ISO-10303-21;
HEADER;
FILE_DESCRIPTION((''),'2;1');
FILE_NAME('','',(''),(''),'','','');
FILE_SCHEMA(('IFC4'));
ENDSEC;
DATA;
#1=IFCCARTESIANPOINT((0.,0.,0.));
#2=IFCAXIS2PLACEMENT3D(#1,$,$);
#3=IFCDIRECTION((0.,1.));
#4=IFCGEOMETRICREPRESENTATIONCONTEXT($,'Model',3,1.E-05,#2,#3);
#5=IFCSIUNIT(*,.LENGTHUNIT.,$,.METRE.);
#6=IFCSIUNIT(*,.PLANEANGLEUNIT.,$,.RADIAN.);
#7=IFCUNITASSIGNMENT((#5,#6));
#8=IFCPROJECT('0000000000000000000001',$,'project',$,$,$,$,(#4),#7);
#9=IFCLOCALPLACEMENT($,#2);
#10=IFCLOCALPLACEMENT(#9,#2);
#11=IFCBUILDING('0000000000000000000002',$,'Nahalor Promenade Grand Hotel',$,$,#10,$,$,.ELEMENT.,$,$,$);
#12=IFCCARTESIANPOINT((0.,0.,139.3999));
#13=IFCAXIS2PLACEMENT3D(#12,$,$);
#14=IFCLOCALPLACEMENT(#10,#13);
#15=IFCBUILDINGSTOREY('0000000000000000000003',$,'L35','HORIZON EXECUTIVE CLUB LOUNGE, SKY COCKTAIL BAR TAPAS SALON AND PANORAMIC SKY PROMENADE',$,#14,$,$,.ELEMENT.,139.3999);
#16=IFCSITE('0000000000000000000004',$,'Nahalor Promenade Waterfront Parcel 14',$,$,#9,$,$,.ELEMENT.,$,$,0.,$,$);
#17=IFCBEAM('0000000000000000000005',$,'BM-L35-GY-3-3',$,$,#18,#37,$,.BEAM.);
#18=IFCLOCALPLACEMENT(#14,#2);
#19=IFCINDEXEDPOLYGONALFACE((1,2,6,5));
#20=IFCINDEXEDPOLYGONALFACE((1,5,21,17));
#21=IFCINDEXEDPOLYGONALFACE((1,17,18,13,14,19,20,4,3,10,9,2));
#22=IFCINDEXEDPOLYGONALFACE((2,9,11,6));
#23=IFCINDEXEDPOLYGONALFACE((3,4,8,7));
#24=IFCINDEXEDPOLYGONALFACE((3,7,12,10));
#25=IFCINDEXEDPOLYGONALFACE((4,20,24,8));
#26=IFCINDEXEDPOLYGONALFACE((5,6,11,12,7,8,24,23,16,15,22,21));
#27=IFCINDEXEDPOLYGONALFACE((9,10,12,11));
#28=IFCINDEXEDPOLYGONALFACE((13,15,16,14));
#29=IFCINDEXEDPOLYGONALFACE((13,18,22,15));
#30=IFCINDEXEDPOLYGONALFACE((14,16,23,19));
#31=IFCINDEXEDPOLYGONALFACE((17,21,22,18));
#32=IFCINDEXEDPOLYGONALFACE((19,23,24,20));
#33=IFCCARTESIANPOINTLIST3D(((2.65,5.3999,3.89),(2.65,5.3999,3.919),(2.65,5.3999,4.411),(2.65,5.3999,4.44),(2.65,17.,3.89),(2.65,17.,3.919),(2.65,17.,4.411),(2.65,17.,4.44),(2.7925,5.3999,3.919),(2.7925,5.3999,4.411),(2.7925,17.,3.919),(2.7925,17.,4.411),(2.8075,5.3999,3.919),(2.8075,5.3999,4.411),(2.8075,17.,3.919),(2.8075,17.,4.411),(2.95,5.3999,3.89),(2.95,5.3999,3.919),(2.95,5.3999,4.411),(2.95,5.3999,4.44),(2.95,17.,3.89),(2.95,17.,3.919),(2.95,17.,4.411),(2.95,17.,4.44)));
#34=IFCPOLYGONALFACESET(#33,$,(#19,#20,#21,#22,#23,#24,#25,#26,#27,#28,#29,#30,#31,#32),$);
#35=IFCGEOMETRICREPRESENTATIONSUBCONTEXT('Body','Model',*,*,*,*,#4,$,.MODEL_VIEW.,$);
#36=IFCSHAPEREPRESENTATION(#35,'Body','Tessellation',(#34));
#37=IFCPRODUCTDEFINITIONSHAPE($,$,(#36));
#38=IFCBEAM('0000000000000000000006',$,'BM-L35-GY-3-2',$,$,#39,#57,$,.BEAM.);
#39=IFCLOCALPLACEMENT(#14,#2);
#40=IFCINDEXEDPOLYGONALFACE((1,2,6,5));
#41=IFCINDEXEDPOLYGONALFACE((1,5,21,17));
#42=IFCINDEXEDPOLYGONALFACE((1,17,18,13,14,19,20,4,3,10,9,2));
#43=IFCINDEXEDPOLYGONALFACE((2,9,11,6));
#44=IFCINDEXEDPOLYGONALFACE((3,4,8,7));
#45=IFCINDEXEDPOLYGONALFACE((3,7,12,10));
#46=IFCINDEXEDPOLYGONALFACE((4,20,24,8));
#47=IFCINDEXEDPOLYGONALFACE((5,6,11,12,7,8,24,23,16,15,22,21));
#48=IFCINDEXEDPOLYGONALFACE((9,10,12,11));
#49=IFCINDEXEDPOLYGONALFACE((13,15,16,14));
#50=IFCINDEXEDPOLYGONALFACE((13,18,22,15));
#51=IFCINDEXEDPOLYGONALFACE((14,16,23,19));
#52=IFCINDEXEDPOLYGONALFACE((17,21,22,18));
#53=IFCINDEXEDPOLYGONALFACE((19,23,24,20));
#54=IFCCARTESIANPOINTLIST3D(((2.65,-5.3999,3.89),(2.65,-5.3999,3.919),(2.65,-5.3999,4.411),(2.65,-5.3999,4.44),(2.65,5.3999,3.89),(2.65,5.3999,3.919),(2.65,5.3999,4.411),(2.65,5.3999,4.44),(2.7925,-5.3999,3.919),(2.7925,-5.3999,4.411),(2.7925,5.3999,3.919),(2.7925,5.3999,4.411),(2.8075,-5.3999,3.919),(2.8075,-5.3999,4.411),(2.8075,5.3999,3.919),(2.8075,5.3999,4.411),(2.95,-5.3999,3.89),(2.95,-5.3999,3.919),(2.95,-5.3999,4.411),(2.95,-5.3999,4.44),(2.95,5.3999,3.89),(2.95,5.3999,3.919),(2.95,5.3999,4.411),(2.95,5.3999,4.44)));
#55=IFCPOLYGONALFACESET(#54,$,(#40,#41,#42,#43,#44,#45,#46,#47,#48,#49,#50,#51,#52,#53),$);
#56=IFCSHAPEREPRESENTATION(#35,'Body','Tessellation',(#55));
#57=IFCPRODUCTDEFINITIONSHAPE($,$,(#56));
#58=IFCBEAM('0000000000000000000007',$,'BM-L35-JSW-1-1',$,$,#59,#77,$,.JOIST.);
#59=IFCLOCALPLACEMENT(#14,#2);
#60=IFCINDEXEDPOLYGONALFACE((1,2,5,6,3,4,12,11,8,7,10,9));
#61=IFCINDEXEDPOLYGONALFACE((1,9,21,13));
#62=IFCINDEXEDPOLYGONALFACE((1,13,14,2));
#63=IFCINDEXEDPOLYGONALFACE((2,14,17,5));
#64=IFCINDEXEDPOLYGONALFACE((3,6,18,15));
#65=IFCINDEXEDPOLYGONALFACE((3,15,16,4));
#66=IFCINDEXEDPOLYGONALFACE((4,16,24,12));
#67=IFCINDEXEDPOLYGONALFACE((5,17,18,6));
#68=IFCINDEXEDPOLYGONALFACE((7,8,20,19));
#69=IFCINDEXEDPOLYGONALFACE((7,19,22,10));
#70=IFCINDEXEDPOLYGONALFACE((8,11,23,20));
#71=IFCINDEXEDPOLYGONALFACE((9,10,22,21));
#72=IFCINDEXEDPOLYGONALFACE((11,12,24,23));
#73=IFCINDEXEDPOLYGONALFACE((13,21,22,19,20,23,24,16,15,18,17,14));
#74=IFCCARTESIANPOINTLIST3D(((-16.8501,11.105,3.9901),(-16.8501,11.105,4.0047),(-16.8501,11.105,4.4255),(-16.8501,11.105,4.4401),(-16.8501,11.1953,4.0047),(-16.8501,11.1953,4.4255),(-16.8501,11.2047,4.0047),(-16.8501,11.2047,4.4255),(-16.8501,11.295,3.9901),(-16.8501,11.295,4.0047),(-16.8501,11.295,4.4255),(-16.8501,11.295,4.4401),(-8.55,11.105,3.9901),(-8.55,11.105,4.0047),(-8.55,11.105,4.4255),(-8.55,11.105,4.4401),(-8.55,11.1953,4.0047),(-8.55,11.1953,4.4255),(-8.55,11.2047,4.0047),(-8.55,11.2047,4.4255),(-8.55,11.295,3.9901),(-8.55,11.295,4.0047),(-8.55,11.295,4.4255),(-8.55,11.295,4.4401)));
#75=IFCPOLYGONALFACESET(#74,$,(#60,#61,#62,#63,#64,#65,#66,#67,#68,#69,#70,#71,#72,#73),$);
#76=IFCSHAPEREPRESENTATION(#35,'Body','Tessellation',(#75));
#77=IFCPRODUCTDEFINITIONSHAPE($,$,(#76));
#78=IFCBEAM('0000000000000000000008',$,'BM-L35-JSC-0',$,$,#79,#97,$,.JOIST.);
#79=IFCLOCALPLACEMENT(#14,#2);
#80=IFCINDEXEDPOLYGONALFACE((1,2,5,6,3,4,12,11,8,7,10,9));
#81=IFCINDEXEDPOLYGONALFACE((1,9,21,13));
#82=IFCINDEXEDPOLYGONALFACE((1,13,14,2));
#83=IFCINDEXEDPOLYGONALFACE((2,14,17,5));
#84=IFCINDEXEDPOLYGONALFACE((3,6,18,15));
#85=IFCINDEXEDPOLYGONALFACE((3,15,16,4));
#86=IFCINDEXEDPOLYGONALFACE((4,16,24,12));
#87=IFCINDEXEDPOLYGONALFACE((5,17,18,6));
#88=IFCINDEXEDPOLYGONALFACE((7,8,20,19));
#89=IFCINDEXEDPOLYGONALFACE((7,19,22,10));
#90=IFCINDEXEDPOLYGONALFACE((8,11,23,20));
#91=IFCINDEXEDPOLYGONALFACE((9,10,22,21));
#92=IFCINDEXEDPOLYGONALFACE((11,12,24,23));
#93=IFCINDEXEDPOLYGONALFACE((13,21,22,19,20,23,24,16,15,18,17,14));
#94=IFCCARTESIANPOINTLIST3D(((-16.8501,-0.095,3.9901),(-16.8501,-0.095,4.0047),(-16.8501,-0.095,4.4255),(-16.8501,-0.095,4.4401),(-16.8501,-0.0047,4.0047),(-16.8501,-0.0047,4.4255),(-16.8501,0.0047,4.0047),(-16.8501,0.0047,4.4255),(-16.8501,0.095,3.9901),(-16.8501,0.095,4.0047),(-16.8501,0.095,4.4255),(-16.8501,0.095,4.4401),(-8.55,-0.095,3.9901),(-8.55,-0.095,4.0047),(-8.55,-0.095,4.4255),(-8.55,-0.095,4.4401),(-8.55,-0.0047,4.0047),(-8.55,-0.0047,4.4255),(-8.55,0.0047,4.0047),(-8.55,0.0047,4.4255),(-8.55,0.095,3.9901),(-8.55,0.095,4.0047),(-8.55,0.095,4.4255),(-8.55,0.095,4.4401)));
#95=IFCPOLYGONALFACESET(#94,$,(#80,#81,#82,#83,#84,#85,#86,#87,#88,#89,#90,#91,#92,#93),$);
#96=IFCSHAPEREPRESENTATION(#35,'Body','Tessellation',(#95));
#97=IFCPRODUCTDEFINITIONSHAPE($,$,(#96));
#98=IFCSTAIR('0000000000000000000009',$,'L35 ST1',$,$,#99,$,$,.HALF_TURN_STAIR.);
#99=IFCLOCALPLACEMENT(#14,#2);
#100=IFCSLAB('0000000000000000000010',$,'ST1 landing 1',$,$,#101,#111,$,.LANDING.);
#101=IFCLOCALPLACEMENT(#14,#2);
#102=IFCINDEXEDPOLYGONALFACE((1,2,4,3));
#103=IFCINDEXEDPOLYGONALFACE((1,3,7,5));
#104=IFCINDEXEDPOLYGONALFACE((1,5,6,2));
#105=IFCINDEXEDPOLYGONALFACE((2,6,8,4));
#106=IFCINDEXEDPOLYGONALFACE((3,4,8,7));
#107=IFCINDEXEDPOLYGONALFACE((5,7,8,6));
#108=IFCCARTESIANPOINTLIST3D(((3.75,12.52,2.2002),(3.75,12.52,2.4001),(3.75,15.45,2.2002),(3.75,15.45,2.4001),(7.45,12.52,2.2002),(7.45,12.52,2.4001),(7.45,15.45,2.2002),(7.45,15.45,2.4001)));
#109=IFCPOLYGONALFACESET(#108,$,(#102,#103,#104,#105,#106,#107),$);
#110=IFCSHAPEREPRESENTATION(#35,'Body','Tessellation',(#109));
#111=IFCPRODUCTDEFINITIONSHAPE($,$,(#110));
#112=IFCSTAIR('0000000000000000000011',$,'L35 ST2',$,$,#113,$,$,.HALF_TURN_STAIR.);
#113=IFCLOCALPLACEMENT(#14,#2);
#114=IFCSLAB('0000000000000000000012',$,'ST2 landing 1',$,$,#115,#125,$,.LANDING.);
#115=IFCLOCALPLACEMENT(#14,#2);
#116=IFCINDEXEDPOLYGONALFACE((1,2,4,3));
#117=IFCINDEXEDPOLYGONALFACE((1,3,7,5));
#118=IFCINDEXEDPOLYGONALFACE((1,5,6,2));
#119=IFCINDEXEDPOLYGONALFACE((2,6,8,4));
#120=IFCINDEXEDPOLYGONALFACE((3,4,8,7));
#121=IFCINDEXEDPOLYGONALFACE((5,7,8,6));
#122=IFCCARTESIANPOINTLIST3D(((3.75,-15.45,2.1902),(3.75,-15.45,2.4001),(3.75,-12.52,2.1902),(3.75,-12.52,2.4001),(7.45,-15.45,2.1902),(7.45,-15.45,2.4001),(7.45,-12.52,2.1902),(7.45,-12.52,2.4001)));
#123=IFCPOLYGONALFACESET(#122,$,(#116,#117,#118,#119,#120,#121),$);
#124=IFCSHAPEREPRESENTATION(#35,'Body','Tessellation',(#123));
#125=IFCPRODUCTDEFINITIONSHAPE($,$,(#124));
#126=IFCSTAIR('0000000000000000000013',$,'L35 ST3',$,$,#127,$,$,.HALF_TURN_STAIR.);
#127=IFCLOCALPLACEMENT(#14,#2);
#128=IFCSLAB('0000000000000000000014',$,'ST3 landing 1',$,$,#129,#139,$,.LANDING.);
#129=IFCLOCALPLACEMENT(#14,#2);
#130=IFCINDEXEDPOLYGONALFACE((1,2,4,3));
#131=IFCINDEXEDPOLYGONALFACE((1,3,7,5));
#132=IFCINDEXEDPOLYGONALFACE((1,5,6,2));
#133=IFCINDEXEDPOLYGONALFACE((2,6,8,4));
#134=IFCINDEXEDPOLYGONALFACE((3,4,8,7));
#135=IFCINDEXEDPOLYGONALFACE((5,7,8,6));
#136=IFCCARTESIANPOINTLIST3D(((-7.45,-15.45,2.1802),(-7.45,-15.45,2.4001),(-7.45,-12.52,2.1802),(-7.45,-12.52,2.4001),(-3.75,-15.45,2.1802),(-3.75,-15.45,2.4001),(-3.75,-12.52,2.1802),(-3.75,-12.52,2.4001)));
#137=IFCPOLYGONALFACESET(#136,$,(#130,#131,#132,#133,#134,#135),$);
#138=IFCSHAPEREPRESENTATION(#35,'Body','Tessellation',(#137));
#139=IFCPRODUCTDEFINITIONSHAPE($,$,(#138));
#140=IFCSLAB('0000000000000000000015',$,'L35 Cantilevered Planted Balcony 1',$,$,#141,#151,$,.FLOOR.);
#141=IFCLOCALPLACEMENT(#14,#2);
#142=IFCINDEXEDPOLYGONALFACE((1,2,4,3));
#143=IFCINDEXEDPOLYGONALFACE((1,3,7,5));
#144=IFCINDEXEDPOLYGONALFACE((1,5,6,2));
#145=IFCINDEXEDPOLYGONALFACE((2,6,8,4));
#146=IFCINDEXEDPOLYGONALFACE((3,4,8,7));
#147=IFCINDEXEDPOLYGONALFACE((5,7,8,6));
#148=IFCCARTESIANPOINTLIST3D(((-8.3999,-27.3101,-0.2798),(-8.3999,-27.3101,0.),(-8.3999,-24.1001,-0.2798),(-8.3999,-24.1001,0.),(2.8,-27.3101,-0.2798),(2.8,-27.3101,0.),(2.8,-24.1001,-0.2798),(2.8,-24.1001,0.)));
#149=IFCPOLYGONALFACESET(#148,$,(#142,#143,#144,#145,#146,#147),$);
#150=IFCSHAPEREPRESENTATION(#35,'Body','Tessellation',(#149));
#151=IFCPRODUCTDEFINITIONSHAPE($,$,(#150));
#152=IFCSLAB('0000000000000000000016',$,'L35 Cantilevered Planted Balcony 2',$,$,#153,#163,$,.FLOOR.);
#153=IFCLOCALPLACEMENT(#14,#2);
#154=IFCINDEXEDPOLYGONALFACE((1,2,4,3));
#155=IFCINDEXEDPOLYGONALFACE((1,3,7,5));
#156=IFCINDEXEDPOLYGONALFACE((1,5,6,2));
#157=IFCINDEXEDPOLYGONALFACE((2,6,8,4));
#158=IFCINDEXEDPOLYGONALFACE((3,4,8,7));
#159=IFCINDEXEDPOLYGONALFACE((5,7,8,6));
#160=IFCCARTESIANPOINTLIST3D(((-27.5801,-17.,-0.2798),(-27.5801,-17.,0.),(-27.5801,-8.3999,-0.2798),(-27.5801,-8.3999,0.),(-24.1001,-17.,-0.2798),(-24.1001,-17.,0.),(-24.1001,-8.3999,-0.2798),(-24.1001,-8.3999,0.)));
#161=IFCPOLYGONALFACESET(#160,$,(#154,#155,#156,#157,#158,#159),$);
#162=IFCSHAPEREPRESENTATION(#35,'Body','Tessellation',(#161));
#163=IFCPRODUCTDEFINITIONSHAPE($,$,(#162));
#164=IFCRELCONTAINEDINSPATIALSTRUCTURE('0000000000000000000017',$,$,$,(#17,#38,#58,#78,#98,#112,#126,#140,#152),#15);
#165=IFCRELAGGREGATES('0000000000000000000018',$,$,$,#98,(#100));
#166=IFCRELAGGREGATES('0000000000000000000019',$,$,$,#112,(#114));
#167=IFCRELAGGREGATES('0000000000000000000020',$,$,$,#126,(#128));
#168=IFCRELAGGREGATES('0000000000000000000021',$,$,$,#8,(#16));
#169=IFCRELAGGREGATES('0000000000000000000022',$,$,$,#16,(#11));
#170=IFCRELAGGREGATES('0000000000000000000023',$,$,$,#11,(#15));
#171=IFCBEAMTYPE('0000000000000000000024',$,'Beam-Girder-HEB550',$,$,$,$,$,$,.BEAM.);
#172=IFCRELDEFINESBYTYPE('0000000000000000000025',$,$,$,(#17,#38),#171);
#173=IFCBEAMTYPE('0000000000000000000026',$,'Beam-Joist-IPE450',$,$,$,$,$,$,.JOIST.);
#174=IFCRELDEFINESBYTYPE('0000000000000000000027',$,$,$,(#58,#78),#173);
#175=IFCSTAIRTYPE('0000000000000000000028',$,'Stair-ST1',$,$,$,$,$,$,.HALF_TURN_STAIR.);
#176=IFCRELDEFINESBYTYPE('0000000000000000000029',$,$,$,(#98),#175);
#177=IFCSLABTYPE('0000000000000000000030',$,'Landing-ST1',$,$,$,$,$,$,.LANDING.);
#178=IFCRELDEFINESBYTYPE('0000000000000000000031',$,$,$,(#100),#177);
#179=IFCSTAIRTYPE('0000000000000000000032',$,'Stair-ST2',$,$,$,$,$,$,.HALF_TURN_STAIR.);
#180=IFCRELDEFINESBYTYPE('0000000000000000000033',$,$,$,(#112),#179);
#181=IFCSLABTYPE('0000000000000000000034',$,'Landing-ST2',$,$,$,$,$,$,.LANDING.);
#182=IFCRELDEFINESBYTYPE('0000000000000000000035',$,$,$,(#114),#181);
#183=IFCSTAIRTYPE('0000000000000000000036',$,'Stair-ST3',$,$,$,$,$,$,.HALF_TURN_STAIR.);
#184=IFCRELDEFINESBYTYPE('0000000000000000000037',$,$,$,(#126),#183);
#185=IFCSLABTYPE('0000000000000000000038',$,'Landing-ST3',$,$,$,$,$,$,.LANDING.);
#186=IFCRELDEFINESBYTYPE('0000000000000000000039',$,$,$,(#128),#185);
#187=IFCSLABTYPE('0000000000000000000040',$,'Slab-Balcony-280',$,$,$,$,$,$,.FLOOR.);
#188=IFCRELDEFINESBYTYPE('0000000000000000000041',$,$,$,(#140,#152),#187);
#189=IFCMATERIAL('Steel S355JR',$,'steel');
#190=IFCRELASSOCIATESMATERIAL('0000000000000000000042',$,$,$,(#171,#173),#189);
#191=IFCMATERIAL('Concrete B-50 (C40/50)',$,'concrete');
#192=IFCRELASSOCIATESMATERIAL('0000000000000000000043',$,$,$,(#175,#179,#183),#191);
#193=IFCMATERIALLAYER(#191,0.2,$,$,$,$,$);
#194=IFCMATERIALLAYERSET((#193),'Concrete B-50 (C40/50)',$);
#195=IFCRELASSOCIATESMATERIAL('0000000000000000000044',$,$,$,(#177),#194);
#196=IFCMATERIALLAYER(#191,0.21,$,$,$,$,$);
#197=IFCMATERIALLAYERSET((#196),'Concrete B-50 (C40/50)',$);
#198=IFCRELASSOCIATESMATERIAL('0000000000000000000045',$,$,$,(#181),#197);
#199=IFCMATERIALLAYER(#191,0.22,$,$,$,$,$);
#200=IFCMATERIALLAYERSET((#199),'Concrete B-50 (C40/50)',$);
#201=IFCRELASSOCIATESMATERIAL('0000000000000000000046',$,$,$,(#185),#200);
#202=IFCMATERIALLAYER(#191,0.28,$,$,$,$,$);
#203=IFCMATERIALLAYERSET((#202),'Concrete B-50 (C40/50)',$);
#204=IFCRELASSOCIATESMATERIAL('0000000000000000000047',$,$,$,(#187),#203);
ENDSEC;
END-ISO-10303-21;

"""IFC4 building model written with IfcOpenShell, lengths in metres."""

from ifc_helpers import new_model, si_unit, direction, frame, origin, origin_2d, place, context, subcontext, project, spatial, polyline, i_section, outline, extrude, source, transform, mapped, material, layer, layer_set, material_profile, profile_set, type_object, element, aggregate, save


model = new_model("IFC4")

# Units and contexts
model_context = context("Model", 3, precision=1e-05, world=origin(), true_north=direction((0.0, 1.0)))
body_context = subcontext(model_context, "Body", "Model", "MODEL_VIEW")
ifc_project = project(units=[si_unit("LENGTHUNIT", "METRE"), si_unit("PLANEANGLEUNIT", "RADIAN")], contexts=[model_context])

# Site, building, storey
site_placement = place(None, origin())
site = spatial("IfcSite", under=ifc_project, at=site_placement, Name="Nahalor Promenade Waterfront Parcel 14", CompositionType="ELEMENT", RefElevation=0.0)
building_placement = place(site_placement, origin())
building = spatial("IfcBuilding", under=site, at=building_placement, Name="Nahalor Promenade Grand Hotel", CompositionType="ELEMENT")
storey_placement = place(building_placement, frame((0.0, 0.0, 139.3999)))
storey = spatial("IfcBuildingStorey", under=building, at=storey_placement, Name="L35", Description="HORIZON EXECUTIVE CLUB LOUNGE, SKY COCKTAIL BAR TAPAS SALON AND PANORAMIC SKY PROMENADE", CompositionType="ELEMENT", Elevation=139.3999)

# Beams
ifc_material_1 = material(Name="Steel S355JR", Category="steel")
ifc_material_profile_1 = material_profile(ifc_material_1, i_section(OverallWidth=0.3, OverallDepth=0.55, WebThickness=0.015, FlangeThickness=0.029, at=origin_2d()), Name="HEB 550")
ifc_profile_set_1 = profile_set([ifc_material_profile_1], Name="Steel S355JR")
beam_type_1 = type_object("IfcBeamType", Name="Beam-Girder-HEB550", PredefinedType="BEAM", material=ifc_profile_set_1)
shared_shape_1 = source(origin(), body_context, "Body", "SweptSolid", [
    extrude(i_section(OverallWidth=0.3, OverallDepth=0.55, WebThickness=0.015, FlangeThickness=0.029, at=origin_2d()), origin(), (0.0, 0.0, 1.0), 11.6001),
])
for number, where, z_axis, x_axis, name in (
    (1, (2.8, 5.3999, 4.165), (0.0, 1.0, 0.0), (-1.0, 0.0, 0.0), "BM-L35-GY-3-3"),
):
    element("IfcBeam", number, at=place(storey_placement, frame(where, z_axis=z_axis, x_axis=x_axis)), inside=storey, type_object=beam_type_1, Name=name, PredefinedType="BEAM", context=body_context, shape_type="MappedRepresentation", body=[
        mapped(shared_shape_1, transform((0.0, 0.0, 0.0), scale=1.0)),
    ])
shared_shape_2 = source(origin(), body_context, "Body", "SweptSolid", [
    extrude(i_section(OverallWidth=0.3, OverallDepth=0.55, WebThickness=0.015, FlangeThickness=0.029, at=origin_2d()), origin(), (0.0, 0.0, 1.0), 10.7998),
])
beam_1_placement = place(storey_placement, frame((2.8, -5.3999, 4.165), z_axis=(0.0, 1.0, 0.0), x_axis=(-1.0, 0.0, 0.0)))
element("IfcBeam", 2, at=beam_1_placement, inside=storey, type_object=beam_type_1, Name="BM-L35-GY-3-2", PredefinedType="BEAM", context=body_context, shape_type="MappedRepresentation", body=[
    mapped(shared_shape_2, transform((0.0, 0.0, 0.0), scale=1.0)),
])
ifc_material_profile_2 = material_profile(ifc_material_1, i_section(OverallWidth=0.19, OverallDepth=0.45, WebThickness=0.0094, FlangeThickness=0.0146, at=origin_2d()), Name="IPE 450")
ifc_profile_set_2 = profile_set([ifc_material_profile_2], Name="Steel S355JR")
beam_type_2 = type_object("IfcBeamType", Name="Beam-Joist-IPE450", PredefinedType="JOIST", material=ifc_profile_set_2)
shared_shape_3 = source(origin(), body_context, "Body", "SweptSolid", [
    extrude(i_section(OverallWidth=0.19, OverallDepth=0.45, WebThickness=0.0094, FlangeThickness=0.0146, at=origin_2d()), origin(), (0.0, 0.0, 1.0), 8.3),
])
for number, where, z_axis, x_axis, name in (
    (3, (-16.8501, 11.2, 4.2151), (1.0, 0.0, 0.0), (0.0, 1.0, 0.0), "BM-L35-JSW-1-1"),
    (4, (-16.8501, 0.0, 4.2151), (1.0, 0.0, 0.0), (0.0, 1.0, 0.0), "BM-L35-JSC-0"),
):
    element("IfcBeam", number, at=place(storey_placement, frame(where, z_axis=z_axis, x_axis=x_axis)), inside=storey, type_object=beam_type_2, Name=name, PredefinedType="JOIST", context=body_context, shape_type="MappedRepresentation", body=[
        mapped(shared_shape_3, transform((0.0, 0.0, 0.0), scale=1.0)),
    ])

# Stairs, slabs
ifc_material_2 = material(Name="Concrete B-50 (C40/50)", Category="concrete")
stair_type_1 = type_object("IfcStairType", Name="Stair-ST1", PredefinedType="HALF_TURN_STAIR", material=ifc_material_2)
stair_1_placement = place(storey_placement, origin())
stair_1 = element("IfcStair", 5, at=stair_1_placement, inside=storey, type_object=stair_type_1, Name="L35 ST1", PredefinedType="HALF_TURN_STAIR")
ifc_layer_1 = layer(ifc_material_2, 0.2)
ifc_layer_set_1 = layer_set([ifc_layer_1], Name="Concrete B-50 (C40/50)")
slab_type_1 = type_object("IfcSlabType", Name="Landing-ST1", PredefinedType="LANDING", material=ifc_layer_set_1)
slab_1_placement = place(storey_placement, frame((0.0, 0.0, 2.2002)))
slab_1 = element("IfcSlab", 6, at=slab_1_placement, type_object=slab_type_1, Name="ST1 landing 1", PredefinedType="LANDING", context=body_context, shape_type="SweptSolid", body=[
    extrude(outline(polyline([(7.45, 12.52), (7.45, 15.45), (3.75, 15.45), (3.75, 12.52), (7.45, 12.52)])), origin(), (0.0, 0.0, 1.0), 0.2),
])
aggregate(stair_1, [slab_1])
stair_type_2 = type_object("IfcStairType", Name="Stair-ST2", PredefinedType="HALF_TURN_STAIR", material=ifc_material_2)
stair_2_placement = place(storey_placement, origin())
stair_2 = element("IfcStair", 7, at=stair_2_placement, inside=storey, type_object=stair_type_2, Name="L35 ST2", PredefinedType="HALF_TURN_STAIR")
ifc_layer_2 = layer(ifc_material_2, 0.21)
ifc_layer_set_2 = layer_set([ifc_layer_2], Name="Concrete B-50 (C40/50)")
slab_type_2 = type_object("IfcSlabType", Name="Landing-ST2", PredefinedType="LANDING", material=ifc_layer_set_2)
slab_2_placement = place(storey_placement, frame((0.0, 0.0, 2.1902)))
slab_2 = element("IfcSlab", 8, at=slab_2_placement, type_object=slab_type_2, Name="ST2 landing 1", PredefinedType="LANDING", context=body_context, shape_type="SweptSolid", body=[
    extrude(outline(polyline([(3.75, -12.52), (3.75, -15.45), (7.45, -15.45), (7.45, -12.52), (3.75, -12.52)])), origin(), (0.0, 0.0, 1.0), 0.21),
])
aggregate(stair_2, [slab_2])
stair_type_3 = type_object("IfcStairType", Name="Stair-ST3", PredefinedType="HALF_TURN_STAIR", material=ifc_material_2)
stair_3_placement = place(storey_placement, origin())
stair_3 = element("IfcStair", 9, at=stair_3_placement, inside=storey, type_object=stair_type_3, Name="L35 ST3", PredefinedType="HALF_TURN_STAIR")
ifc_layer_3 = layer(ifc_material_2, 0.22)
ifc_layer_set_3 = layer_set([ifc_layer_3], Name="Concrete B-50 (C40/50)")
slab_type_3 = type_object("IfcSlabType", Name="Landing-ST3", PredefinedType="LANDING", material=ifc_layer_set_3)
slab_3_placement = place(storey_placement, frame((0.0, 0.0, 2.1802)))
slab_3 = element("IfcSlab", 10, at=slab_3_placement, type_object=slab_type_3, Name="ST3 landing 1", PredefinedType="LANDING", context=body_context, shape_type="SweptSolid", body=[
    extrude(outline(polyline([(-7.45, -12.52), (-7.45, -15.45), (-3.75, -15.45), (-3.75, -12.52), (-7.45, -12.52)])), origin(), (0.0, 0.0, 1.0), 0.22),
])
aggregate(stair_3, [slab_3])

# Slabs
ifc_layer_4 = layer(ifc_material_2, 0.28)
ifc_layer_set_4 = layer_set([ifc_layer_4], Name="Concrete B-50 (C40/50)")
slab_type_4 = type_object("IfcSlabType", Name="Slab-Balcony-280", PredefinedType="FLOOR", material=ifc_layer_set_4)
slab_4_placement = place(storey_placement, frame((0.0, 0.0, -0.2798)))
element("IfcSlab", 11, at=slab_4_placement, inside=storey, type_object=slab_type_4, Name="L35 Cantilevered Planted Balcony 1", PredefinedType="FLOOR", context=body_context, shape_type="SweptSolid", body=[
    extrude(outline(polyline([(-8.3999, -27.3101), (2.8, -27.3101), (2.8, -24.1001), (-8.3999, -24.1001), (-8.3999, -27.3101)])), origin(), (0.0, 0.0, 1.0), 0.2798),
])
slab_5_placement = place(storey_placement, frame((0.0, 0.0, -0.2798)))
element("IfcSlab", 12, at=slab_5_placement, inside=storey, type_object=slab_type_4, Name="L35 Cantilevered Planted Balcony 2", PredefinedType="FLOOR", context=body_context, shape_type="SweptSolid", body=[
    extrude(outline(polyline([(-27.5801, -17.0), (-24.1001, -17.0), (-24.1001, -8.3999), (-27.5801, -8.3999), (-27.5801, -17.0)])), origin(), (0.0, 0.0, 1.0), 0.2798),
])

save(model, "model.ifc")
